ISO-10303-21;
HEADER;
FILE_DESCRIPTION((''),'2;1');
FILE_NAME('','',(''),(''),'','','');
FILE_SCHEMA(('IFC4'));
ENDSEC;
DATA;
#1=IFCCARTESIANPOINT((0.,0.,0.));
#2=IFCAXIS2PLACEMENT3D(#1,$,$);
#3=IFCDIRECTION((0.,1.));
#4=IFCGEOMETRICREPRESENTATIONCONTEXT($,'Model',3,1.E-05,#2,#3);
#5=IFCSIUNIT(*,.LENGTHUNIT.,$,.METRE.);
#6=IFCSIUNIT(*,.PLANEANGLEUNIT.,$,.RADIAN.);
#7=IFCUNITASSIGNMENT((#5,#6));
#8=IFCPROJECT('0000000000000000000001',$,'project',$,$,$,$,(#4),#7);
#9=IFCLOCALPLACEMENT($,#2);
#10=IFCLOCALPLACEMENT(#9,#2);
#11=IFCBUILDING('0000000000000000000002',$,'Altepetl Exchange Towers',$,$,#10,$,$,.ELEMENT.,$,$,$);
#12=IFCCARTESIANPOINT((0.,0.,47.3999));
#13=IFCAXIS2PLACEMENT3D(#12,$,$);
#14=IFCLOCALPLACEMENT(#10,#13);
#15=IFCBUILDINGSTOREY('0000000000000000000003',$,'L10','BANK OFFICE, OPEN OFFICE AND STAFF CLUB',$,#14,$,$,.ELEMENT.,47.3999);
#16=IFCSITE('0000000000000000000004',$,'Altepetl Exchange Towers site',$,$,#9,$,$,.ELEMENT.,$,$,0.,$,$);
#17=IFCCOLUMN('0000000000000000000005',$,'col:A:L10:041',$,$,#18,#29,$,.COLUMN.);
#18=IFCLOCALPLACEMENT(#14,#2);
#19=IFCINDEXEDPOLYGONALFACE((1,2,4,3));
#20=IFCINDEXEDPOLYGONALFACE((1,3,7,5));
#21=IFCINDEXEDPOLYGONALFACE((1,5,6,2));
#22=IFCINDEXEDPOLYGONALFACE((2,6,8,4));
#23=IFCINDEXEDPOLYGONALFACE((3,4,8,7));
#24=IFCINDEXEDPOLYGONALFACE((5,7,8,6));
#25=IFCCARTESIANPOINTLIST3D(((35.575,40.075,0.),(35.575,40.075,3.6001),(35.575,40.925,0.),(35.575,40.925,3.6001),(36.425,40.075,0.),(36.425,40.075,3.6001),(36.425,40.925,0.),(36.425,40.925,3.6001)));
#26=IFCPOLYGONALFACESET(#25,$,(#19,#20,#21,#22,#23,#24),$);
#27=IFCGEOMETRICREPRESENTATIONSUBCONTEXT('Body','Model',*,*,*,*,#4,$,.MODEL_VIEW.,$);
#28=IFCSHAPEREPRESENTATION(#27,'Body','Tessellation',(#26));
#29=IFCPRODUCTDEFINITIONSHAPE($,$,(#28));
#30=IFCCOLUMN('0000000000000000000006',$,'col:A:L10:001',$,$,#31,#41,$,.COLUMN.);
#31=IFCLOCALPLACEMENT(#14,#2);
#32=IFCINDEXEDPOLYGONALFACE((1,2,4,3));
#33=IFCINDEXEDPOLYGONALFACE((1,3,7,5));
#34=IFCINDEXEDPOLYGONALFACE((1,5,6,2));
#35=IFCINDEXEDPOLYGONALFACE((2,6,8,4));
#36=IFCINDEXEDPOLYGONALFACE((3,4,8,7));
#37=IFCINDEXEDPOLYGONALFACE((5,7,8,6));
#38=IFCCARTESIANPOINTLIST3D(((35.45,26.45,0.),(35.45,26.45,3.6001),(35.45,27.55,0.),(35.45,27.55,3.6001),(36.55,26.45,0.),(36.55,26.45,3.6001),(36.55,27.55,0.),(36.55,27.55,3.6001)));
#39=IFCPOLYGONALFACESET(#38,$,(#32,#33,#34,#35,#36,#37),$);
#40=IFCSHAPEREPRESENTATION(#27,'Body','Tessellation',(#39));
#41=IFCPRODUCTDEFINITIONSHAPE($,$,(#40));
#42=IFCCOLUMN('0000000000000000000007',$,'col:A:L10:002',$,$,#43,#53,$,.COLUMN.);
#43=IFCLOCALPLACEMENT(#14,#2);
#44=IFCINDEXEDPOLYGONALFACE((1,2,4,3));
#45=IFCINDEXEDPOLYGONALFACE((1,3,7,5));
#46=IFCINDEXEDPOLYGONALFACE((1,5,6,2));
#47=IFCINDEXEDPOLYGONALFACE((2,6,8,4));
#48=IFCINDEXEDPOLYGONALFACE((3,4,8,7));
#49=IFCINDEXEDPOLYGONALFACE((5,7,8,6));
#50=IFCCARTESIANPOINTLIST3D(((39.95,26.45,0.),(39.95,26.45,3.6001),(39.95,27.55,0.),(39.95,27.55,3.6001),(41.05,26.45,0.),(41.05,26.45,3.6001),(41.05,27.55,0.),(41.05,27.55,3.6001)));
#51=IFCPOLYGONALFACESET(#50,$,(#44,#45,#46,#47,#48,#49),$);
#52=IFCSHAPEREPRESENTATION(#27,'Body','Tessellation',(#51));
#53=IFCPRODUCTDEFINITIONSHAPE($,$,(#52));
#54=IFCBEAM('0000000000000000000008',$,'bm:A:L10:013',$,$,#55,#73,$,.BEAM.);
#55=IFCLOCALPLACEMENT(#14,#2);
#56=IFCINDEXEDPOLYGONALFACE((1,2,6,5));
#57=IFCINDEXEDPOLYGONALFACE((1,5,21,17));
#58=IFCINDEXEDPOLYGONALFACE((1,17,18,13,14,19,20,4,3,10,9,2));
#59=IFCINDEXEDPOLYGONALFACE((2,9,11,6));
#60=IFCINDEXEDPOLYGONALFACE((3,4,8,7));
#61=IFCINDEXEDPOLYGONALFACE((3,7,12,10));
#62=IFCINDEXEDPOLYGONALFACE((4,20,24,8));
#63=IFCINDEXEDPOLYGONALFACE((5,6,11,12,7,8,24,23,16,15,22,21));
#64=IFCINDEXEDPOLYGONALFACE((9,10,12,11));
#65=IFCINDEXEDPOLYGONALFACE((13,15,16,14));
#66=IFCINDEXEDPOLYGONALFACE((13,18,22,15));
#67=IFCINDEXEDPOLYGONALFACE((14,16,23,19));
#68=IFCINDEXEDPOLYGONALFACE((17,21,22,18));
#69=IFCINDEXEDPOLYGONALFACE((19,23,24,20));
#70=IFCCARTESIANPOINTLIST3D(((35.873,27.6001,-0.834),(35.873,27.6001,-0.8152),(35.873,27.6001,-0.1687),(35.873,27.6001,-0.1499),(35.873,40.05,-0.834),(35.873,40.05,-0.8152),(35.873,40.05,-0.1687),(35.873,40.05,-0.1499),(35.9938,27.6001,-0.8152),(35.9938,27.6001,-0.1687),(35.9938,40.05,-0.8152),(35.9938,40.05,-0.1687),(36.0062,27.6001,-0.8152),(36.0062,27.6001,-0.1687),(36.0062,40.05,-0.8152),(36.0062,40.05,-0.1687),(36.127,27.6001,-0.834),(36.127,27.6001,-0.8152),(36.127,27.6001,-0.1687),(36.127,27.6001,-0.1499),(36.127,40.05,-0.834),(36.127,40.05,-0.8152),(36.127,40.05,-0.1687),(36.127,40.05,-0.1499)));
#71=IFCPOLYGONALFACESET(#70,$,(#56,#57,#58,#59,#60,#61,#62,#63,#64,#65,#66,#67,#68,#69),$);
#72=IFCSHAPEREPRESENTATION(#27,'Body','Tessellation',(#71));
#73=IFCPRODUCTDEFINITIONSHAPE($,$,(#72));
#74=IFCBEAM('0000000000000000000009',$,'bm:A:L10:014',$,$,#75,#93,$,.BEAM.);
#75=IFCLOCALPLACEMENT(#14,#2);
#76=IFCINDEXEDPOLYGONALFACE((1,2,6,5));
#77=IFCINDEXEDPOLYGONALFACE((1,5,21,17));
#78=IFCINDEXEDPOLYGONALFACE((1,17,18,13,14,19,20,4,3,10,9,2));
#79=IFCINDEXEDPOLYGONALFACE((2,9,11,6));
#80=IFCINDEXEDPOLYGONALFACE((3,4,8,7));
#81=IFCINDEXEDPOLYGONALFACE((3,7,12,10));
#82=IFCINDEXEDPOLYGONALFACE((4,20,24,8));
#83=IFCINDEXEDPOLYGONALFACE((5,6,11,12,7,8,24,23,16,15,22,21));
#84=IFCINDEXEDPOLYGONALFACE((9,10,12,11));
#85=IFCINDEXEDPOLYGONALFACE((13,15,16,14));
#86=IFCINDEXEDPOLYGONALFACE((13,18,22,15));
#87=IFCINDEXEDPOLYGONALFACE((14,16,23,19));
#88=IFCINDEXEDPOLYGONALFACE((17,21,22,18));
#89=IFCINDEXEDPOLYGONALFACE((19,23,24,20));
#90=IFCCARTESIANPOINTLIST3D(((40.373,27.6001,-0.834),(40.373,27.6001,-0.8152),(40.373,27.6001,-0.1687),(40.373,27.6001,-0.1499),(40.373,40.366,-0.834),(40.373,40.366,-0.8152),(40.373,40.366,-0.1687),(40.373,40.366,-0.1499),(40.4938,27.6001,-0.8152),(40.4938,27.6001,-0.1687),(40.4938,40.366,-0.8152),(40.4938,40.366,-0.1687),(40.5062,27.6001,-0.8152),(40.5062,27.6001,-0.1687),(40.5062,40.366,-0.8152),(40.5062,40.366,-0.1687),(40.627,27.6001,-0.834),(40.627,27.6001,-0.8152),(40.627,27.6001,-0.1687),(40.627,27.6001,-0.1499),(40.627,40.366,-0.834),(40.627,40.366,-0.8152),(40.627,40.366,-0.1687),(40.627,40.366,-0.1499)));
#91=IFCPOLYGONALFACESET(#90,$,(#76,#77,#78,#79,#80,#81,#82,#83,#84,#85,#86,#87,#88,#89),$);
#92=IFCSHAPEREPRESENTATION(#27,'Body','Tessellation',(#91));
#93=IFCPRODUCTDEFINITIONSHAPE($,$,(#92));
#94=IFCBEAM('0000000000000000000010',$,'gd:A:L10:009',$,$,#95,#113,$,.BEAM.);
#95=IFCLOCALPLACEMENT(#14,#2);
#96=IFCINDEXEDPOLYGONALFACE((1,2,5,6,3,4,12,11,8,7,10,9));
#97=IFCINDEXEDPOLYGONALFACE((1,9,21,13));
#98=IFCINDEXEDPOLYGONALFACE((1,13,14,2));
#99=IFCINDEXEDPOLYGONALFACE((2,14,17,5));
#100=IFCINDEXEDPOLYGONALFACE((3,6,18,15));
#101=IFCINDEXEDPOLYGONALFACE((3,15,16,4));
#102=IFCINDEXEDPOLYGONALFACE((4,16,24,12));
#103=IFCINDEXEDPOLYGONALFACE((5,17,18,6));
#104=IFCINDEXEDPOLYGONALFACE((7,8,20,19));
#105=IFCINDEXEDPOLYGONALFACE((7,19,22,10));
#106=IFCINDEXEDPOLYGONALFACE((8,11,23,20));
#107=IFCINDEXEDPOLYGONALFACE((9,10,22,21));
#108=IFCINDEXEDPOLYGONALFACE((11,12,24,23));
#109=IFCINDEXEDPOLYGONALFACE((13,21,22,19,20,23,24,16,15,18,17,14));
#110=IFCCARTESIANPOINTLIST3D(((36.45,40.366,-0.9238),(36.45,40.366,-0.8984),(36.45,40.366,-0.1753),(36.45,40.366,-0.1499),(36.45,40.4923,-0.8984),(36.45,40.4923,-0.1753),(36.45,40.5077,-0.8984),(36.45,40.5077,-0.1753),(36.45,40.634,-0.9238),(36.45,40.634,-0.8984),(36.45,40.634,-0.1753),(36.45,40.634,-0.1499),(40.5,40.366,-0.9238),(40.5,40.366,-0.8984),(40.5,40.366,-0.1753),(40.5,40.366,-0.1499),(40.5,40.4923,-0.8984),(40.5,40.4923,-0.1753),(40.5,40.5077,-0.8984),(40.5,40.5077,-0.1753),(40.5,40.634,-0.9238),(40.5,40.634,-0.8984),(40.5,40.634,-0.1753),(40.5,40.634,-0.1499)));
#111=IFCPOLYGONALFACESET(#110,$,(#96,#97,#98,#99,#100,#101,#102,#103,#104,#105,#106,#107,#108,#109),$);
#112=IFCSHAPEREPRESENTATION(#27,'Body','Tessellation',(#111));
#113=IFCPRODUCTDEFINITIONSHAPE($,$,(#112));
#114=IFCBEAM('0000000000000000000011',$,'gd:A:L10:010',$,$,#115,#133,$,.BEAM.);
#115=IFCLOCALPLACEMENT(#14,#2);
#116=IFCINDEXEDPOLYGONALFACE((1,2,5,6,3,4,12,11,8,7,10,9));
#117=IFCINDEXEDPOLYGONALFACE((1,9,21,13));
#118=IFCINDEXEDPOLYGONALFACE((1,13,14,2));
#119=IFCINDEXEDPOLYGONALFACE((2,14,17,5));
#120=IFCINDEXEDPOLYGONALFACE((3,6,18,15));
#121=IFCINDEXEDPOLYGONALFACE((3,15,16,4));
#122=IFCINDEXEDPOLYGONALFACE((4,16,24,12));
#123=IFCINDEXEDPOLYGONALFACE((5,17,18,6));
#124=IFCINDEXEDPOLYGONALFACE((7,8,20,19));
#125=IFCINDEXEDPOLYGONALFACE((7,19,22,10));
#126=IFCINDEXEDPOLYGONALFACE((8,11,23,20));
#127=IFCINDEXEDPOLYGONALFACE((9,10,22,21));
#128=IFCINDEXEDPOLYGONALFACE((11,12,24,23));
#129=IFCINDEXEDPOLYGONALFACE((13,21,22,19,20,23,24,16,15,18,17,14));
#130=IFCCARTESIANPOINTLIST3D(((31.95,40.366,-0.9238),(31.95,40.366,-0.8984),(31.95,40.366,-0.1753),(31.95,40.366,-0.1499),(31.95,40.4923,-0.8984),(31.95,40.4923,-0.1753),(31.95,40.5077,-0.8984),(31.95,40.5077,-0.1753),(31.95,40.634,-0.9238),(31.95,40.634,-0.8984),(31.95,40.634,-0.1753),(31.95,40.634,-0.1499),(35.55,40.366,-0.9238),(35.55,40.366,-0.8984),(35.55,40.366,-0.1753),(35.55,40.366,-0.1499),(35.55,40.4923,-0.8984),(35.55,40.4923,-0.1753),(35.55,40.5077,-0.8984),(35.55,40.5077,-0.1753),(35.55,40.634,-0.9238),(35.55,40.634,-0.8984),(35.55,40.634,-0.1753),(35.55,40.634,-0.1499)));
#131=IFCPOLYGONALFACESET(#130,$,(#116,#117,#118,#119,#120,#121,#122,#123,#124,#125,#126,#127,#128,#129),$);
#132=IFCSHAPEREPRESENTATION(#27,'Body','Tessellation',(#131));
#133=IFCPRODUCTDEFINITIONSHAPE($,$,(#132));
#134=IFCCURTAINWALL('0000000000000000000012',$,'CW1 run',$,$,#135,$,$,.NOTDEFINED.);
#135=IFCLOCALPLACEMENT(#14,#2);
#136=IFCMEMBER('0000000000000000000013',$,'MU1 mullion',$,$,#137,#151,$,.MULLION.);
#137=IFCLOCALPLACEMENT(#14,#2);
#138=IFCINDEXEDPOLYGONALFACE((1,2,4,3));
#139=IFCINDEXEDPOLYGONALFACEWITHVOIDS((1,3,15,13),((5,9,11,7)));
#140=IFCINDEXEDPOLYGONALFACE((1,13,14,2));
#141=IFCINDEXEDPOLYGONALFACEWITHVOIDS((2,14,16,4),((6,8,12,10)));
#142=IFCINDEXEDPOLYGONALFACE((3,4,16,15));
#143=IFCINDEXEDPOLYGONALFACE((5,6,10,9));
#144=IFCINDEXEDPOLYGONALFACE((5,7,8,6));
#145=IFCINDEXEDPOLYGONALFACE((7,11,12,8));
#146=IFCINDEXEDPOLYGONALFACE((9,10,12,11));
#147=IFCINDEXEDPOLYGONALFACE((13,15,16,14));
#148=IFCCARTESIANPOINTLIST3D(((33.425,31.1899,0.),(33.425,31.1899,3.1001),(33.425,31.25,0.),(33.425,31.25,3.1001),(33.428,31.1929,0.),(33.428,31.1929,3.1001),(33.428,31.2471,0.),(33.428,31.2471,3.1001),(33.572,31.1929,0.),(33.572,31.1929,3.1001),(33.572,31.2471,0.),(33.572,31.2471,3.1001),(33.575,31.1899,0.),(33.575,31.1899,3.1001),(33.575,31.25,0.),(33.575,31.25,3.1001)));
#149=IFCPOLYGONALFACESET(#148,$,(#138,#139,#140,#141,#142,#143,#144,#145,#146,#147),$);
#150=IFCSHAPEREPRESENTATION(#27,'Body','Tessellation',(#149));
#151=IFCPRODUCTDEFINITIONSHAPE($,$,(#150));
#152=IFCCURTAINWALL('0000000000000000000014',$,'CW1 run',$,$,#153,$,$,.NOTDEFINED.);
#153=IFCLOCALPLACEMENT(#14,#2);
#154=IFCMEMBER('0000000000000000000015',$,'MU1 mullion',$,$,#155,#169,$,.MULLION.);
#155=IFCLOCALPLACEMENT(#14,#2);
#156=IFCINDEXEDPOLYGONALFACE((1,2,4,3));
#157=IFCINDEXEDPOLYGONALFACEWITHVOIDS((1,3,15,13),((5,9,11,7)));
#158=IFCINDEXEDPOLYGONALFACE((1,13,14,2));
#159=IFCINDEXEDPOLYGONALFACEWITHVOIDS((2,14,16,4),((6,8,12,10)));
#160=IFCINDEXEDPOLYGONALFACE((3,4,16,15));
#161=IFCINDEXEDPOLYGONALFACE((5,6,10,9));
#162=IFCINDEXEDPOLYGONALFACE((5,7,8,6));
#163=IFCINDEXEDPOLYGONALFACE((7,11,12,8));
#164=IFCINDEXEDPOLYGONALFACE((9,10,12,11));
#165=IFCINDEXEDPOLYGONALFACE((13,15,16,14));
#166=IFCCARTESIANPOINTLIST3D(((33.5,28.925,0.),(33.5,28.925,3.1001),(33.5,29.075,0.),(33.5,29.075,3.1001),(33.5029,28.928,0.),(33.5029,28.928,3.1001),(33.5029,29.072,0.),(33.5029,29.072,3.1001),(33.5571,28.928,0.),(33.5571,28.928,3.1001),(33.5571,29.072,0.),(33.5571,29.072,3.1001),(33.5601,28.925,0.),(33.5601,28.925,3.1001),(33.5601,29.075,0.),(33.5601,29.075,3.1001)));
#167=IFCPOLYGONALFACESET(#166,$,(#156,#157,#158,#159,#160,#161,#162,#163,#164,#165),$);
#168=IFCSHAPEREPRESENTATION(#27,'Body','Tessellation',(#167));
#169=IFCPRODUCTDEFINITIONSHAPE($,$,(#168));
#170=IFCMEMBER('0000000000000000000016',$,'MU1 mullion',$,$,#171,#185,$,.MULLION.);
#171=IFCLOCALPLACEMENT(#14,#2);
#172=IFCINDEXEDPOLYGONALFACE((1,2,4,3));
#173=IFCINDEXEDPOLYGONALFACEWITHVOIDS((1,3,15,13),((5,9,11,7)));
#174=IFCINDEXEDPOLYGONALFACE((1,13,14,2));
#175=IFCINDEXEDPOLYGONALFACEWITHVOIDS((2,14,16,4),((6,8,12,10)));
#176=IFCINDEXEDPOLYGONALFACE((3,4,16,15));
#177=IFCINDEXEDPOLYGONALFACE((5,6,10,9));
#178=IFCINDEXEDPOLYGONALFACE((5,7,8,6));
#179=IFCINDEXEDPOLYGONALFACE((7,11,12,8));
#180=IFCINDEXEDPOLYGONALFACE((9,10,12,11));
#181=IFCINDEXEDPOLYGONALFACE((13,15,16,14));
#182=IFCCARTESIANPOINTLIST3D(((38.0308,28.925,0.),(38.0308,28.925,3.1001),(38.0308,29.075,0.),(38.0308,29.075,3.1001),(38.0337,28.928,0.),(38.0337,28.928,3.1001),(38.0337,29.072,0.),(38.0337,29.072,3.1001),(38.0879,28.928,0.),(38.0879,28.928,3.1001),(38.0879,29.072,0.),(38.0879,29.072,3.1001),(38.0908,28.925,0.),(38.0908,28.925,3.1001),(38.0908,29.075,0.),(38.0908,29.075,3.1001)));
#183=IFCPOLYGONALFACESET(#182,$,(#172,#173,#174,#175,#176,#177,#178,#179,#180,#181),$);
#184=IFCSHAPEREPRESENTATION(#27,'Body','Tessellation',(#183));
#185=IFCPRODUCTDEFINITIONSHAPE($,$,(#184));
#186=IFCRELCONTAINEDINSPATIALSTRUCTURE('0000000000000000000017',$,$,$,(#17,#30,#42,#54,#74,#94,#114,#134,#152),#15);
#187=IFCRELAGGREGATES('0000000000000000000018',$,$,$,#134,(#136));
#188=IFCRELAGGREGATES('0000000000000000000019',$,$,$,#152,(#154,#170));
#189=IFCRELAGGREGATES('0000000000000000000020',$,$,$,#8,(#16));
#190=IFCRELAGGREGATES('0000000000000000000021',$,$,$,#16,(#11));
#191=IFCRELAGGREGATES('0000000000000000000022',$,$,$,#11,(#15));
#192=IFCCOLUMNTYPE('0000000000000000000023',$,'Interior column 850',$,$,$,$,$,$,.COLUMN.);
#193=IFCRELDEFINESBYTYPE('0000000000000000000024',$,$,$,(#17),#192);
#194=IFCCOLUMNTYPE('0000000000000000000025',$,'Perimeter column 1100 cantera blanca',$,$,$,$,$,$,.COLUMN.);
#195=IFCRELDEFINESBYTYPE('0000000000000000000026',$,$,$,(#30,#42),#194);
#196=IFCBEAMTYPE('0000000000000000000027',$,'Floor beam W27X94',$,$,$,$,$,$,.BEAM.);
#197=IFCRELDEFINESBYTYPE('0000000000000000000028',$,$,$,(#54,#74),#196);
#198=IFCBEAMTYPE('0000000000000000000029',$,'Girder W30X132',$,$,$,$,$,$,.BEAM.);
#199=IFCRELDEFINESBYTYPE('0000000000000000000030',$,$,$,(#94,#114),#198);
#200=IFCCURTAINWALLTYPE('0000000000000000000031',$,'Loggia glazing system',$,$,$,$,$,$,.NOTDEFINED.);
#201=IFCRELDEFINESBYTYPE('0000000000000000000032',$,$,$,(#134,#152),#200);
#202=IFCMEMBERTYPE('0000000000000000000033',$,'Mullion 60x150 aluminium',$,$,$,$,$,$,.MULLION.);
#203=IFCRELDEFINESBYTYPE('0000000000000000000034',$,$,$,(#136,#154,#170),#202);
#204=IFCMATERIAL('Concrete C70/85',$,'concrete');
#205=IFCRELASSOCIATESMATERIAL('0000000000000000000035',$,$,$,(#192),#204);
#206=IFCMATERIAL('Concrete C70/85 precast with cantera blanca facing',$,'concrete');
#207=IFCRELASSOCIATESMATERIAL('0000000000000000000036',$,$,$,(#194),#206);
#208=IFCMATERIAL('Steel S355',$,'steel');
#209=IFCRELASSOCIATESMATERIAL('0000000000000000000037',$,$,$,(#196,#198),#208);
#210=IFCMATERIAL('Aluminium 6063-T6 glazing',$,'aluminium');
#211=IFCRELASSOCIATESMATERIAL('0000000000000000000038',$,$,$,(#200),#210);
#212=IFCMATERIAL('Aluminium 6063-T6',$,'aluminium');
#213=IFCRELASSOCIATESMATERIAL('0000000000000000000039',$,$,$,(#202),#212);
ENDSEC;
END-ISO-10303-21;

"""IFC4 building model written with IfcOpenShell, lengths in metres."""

from ifc_helpers import new_model, si_unit, direction, frame, origin, origin_2d, place, context, subcontext, project, spatial, rectangle, hollow_rectangle, i_section, extrude, material, material_profile, profile_set, type_object, element, aggregate, save


model = new_model("IFC4")

# Units and contexts
model_context = context("Model", 3, precision=1e-05, world=origin(), true_north=direction((0.0, 1.0)))
body_context = subcontext(model_context, "Body", "Model", "MODEL_VIEW")
ifc_project = project(units=[si_unit("LENGTHUNIT", "METRE"), si_unit("PLANEANGLEUNIT", "RADIAN")], contexts=[model_context])

# Site, building, storey
site_placement = place(None, origin())
site = spatial("IfcSite", under=ifc_project, at=site_placement, Name="Altepetl Exchange Towers site", CompositionType="ELEMENT", RefElevation=0.0)
building_placement = place(site_placement, origin())
building = spatial("IfcBuilding", under=site, at=building_placement, Name="Altepetl Exchange Towers", CompositionType="ELEMENT")
storey_placement = place(building_placement, frame((0.0, 0.0, 47.3999)))
storey = spatial("IfcBuildingStorey", under=building, at=storey_placement, Name="L10", Description="BANK OFFICE, OPEN OFFICE AND STAFF CLUB", CompositionType="ELEMENT", Elevation=47.3999)

# Columns
ifc_material_1 = material(Name="Concrete C70/85", Category="concrete")
ifc_material_profile_1 = material_profile(ifc_material_1, rectangle(XDim=0.8501, YDim=0.8501, at=origin_2d()), Name="850 x 850")
ifc_profile_set_1 = profile_set([ifc_material_profile_1], Name="Concrete C70/85")
column_type_1 = type_object("IfcColumnType", Name="Interior column 850", PredefinedType="COLUMN", material=ifc_profile_set_1)
column_placement = place(storey_placement, frame((36.0, 40.5, 0.0)))
element("IfcColumn", 1, at=column_placement, inside=storey, type_object=column_type_1, Name="col:A:L10:041", PredefinedType="COLUMN", context=body_context, shape_type="SweptSolid", body=[
    extrude(rectangle(XDim=0.8501, YDim=0.8501, at=origin_2d()), origin(), (0.0, 0.0, 1.0), 3.6001),
])
ifc_material_2 = material(Name="Concrete C70/85 precast with cantera blanca facing", Category="concrete")
ifc_material_profile_2 = material_profile(ifc_material_2, rectangle(XDim=1.1001, YDim=1.1001, at=origin_2d()), Name="1100 x 1100")
ifc_profile_set_2 = profile_set([ifc_material_profile_2], Name="Concrete C70/85 precast with cantera blanca facing")
column_type_2 = type_object("IfcColumnType", Name="Perimeter column 1100 cantera blanca", PredefinedType="COLUMN", material=ifc_profile_set_2)
for number, where, name in (
    (2, (36.0, 27.0, 0.0), "col:A:L10:001"),
    (3, (40.5, 27.0, 0.0), "col:A:L10:002"),
):
    element("IfcColumn", number, at=place(storey_placement, frame(where)), inside=storey, type_object=column_type_2, Name=name, PredefinedType="COLUMN", context=body_context, shape_type="SweptSolid", body=[
        extrude(rectangle(XDim=1.1001, YDim=1.1001, at=origin_2d()), origin(), (0.0, 0.0, 1.0), 3.6001),
    ])

# Beams
ifc_material_3 = material(Name="Steel S355", Category="steel")
ifc_material_profile_3 = material_profile(ifc_material_3, i_section(OverallWidth=0.2539, OverallDepth=0.6841, WebThickness=0.0125, FlangeThickness=0.0188, at=origin_2d()), Name="W27X94")
ifc_profile_set_3 = profile_set([ifc_material_profile_3], Name="Steel S355")
beam_type_1 = type_object("IfcBeamType", Name="Floor beam W27X94", PredefinedType="BEAM", material=ifc_profile_set_3)
beam_1_placement = place(storey_placement, frame((36.0, 27.6001, -0.4919), z_axis=(0.0, 1.0, 0.0), x_axis=(-1.0, 0.0, 0.0)))
element("IfcBeam", 4, at=beam_1_placement, inside=storey, type_object=beam_type_1, Name="bm:A:L10:013", PredefinedType="BEAM", context=body_context, shape_type="SweptSolid", body=[
    extrude(i_section(OverallWidth=0.2539, OverallDepth=0.6841, WebThickness=0.0125, FlangeThickness=0.0188, at=origin_2d()), origin(), (0.0, 0.0, 1.0), 12.45),
])
beam_2_placement = place(storey_placement, frame((40.5, 27.6001, -0.4919), z_axis=(0.0, 1.0, 0.0), x_axis=(-1.0, 0.0, 0.0)))
element("IfcBeam", 5, at=beam_2_placement, inside=storey, type_object=beam_type_1, Name="bm:A:L10:014", PredefinedType="BEAM", context=body_context, shape_type="SweptSolid", body=[
    extrude(i_section(OverallWidth=0.2539, OverallDepth=0.6841, WebThickness=0.0125, FlangeThickness=0.0188, at=origin_2d()), origin(), (0.0, 0.0, 1.0), 12.7659),
])
ifc_material_profile_4 = material_profile(ifc_material_3, i_section(OverallWidth=0.2681, OverallDepth=0.7739, WebThickness=0.0154, FlangeThickness=0.0254, at=origin_2d()), Name="W30X132")
ifc_profile_set_4 = profile_set([ifc_material_profile_4], Name="Steel S355")
beam_type_2 = type_object("IfcBeamType", Name="Girder W30X132", PredefinedType="BEAM", material=ifc_profile_set_4)
beam_3_placement = place(storey_placement, frame((40.5, 40.5, -0.5369), z_axis=(-1.0, 0.0, 0.0), x_axis=(0.0, -1.0, 0.0)))
element("IfcBeam", 6, at=beam_3_placement, inside=storey, type_object=beam_type_2, Name="gd:A:L10:009", PredefinedType="BEAM", context=body_context, shape_type="SweptSolid", body=[
    extrude(i_section(OverallWidth=0.2681, OverallDepth=0.7739, WebThickness=0.0154, FlangeThickness=0.0254, at=origin_2d()), origin(), (0.0, 0.0, 1.0), 4.05),
])
beam_4_placement = place(storey_placement, frame((35.55, 40.5, -0.5369), z_axis=(-1.0, 0.0, 0.0), x_axis=(0.0, -1.0, 0.0)))
element("IfcBeam", 7, at=beam_4_placement, inside=storey, type_object=beam_type_2, Name="gd:A:L10:010", PredefinedType="BEAM", context=body_context, shape_type="SweptSolid", body=[
    extrude(i_section(OverallWidth=0.2681, OverallDepth=0.7739, WebThickness=0.0154, FlangeThickness=0.0254, at=origin_2d()), origin(), (0.0, 0.0, 1.0), 3.6001),
])

# Curtain wall, member
ifc_material_4 = material(Name="Aluminium 6063-T6 glazing", Category="aluminium")
curtain_wall_type = type_object("IfcCurtainWallType", Name="Loggia glazing system", PredefinedType="NOTDEFINED", material=ifc_material_4)
curtain_wall_1_placement = place(storey_placement, origin())
curtain_wall_1 = element("IfcCurtainWall", 8, at=curtain_wall_1_placement, inside=storey, type_object=curtain_wall_type, Name="CW1 run", PredefinedType="NOTDEFINED")
ifc_material_5 = material(Name="Aluminium 6063-T6", Category="aluminium")
ifc_material_profile_5 = material_profile(ifc_material_5, hollow_rectangle(XDim=0.0601, YDim=0.1499, WallThickness=0.0029, at=origin_2d()), Name="Mullion 60x150 aluminium")
ifc_profile_set_5 = profile_set([ifc_material_profile_5], Name="Aluminium 6063-T6")
member_type = type_object("IfcMemberType", Name="Mullion 60x150 aluminium", PredefinedType="MULLION", material=ifc_profile_set_5)
member_1_placement = place(storey_placement, frame((33.5, 31.22, 0.0), z_axis=(0.0, 0.0, 1.0), x_axis=(0.0, -1.0, 0.0)))
member_1 = element("IfcMember", 9, at=member_1_placement, type_object=member_type, Name="MU1 mullion", PredefinedType="MULLION", context=body_context, shape_type="SweptSolid", body=[
    extrude(hollow_rectangle(XDim=0.0601, YDim=0.1499, WallThickness=0.0029, at=origin_2d()), origin(), (0.0, 0.0, 1.0), 3.1001),
])
aggregate(curtain_wall_1, [member_1])

# Curtain wall, members
curtain_wall_2_placement = place(storey_placement, origin())
curtain_wall_2 = element("IfcCurtainWall", 10, at=curtain_wall_2_placement, inside=storey, type_object=curtain_wall_type, Name="CW1 run", PredefinedType="NOTDEFINED")
member_2_placement = place(storey_placement, frame((33.53, 29.0, 0.0)))
member_2 = element("IfcMember", 11, at=member_2_placement, type_object=member_type, Name="MU1 mullion", PredefinedType="MULLION", context=body_context, shape_type="SweptSolid", body=[
    extrude(hollow_rectangle(XDim=0.0601, YDim=0.1499, WallThickness=0.0029, at=origin_2d()), origin(), (0.0, 0.0, 1.0), 3.1001),
])
member_3_placement = place(storey_placement, frame((38.0608, 29.0, 0.0)))
member_3 = element("IfcMember", 12, at=member_3_placement, type_object=member_type, Name="MU1 mullion", PredefinedType="MULLION", context=body_context, shape_type="SweptSolid", body=[
    extrude(hollow_rectangle(XDim=0.0601, YDim=0.1499, WallThickness=0.0029, at=origin_2d()), origin(), (0.0, 0.0, 1.0), 3.1001),
])

aggregate(curtain_wall_2, [member_2, member_3])

save(model, "model.ifc")
